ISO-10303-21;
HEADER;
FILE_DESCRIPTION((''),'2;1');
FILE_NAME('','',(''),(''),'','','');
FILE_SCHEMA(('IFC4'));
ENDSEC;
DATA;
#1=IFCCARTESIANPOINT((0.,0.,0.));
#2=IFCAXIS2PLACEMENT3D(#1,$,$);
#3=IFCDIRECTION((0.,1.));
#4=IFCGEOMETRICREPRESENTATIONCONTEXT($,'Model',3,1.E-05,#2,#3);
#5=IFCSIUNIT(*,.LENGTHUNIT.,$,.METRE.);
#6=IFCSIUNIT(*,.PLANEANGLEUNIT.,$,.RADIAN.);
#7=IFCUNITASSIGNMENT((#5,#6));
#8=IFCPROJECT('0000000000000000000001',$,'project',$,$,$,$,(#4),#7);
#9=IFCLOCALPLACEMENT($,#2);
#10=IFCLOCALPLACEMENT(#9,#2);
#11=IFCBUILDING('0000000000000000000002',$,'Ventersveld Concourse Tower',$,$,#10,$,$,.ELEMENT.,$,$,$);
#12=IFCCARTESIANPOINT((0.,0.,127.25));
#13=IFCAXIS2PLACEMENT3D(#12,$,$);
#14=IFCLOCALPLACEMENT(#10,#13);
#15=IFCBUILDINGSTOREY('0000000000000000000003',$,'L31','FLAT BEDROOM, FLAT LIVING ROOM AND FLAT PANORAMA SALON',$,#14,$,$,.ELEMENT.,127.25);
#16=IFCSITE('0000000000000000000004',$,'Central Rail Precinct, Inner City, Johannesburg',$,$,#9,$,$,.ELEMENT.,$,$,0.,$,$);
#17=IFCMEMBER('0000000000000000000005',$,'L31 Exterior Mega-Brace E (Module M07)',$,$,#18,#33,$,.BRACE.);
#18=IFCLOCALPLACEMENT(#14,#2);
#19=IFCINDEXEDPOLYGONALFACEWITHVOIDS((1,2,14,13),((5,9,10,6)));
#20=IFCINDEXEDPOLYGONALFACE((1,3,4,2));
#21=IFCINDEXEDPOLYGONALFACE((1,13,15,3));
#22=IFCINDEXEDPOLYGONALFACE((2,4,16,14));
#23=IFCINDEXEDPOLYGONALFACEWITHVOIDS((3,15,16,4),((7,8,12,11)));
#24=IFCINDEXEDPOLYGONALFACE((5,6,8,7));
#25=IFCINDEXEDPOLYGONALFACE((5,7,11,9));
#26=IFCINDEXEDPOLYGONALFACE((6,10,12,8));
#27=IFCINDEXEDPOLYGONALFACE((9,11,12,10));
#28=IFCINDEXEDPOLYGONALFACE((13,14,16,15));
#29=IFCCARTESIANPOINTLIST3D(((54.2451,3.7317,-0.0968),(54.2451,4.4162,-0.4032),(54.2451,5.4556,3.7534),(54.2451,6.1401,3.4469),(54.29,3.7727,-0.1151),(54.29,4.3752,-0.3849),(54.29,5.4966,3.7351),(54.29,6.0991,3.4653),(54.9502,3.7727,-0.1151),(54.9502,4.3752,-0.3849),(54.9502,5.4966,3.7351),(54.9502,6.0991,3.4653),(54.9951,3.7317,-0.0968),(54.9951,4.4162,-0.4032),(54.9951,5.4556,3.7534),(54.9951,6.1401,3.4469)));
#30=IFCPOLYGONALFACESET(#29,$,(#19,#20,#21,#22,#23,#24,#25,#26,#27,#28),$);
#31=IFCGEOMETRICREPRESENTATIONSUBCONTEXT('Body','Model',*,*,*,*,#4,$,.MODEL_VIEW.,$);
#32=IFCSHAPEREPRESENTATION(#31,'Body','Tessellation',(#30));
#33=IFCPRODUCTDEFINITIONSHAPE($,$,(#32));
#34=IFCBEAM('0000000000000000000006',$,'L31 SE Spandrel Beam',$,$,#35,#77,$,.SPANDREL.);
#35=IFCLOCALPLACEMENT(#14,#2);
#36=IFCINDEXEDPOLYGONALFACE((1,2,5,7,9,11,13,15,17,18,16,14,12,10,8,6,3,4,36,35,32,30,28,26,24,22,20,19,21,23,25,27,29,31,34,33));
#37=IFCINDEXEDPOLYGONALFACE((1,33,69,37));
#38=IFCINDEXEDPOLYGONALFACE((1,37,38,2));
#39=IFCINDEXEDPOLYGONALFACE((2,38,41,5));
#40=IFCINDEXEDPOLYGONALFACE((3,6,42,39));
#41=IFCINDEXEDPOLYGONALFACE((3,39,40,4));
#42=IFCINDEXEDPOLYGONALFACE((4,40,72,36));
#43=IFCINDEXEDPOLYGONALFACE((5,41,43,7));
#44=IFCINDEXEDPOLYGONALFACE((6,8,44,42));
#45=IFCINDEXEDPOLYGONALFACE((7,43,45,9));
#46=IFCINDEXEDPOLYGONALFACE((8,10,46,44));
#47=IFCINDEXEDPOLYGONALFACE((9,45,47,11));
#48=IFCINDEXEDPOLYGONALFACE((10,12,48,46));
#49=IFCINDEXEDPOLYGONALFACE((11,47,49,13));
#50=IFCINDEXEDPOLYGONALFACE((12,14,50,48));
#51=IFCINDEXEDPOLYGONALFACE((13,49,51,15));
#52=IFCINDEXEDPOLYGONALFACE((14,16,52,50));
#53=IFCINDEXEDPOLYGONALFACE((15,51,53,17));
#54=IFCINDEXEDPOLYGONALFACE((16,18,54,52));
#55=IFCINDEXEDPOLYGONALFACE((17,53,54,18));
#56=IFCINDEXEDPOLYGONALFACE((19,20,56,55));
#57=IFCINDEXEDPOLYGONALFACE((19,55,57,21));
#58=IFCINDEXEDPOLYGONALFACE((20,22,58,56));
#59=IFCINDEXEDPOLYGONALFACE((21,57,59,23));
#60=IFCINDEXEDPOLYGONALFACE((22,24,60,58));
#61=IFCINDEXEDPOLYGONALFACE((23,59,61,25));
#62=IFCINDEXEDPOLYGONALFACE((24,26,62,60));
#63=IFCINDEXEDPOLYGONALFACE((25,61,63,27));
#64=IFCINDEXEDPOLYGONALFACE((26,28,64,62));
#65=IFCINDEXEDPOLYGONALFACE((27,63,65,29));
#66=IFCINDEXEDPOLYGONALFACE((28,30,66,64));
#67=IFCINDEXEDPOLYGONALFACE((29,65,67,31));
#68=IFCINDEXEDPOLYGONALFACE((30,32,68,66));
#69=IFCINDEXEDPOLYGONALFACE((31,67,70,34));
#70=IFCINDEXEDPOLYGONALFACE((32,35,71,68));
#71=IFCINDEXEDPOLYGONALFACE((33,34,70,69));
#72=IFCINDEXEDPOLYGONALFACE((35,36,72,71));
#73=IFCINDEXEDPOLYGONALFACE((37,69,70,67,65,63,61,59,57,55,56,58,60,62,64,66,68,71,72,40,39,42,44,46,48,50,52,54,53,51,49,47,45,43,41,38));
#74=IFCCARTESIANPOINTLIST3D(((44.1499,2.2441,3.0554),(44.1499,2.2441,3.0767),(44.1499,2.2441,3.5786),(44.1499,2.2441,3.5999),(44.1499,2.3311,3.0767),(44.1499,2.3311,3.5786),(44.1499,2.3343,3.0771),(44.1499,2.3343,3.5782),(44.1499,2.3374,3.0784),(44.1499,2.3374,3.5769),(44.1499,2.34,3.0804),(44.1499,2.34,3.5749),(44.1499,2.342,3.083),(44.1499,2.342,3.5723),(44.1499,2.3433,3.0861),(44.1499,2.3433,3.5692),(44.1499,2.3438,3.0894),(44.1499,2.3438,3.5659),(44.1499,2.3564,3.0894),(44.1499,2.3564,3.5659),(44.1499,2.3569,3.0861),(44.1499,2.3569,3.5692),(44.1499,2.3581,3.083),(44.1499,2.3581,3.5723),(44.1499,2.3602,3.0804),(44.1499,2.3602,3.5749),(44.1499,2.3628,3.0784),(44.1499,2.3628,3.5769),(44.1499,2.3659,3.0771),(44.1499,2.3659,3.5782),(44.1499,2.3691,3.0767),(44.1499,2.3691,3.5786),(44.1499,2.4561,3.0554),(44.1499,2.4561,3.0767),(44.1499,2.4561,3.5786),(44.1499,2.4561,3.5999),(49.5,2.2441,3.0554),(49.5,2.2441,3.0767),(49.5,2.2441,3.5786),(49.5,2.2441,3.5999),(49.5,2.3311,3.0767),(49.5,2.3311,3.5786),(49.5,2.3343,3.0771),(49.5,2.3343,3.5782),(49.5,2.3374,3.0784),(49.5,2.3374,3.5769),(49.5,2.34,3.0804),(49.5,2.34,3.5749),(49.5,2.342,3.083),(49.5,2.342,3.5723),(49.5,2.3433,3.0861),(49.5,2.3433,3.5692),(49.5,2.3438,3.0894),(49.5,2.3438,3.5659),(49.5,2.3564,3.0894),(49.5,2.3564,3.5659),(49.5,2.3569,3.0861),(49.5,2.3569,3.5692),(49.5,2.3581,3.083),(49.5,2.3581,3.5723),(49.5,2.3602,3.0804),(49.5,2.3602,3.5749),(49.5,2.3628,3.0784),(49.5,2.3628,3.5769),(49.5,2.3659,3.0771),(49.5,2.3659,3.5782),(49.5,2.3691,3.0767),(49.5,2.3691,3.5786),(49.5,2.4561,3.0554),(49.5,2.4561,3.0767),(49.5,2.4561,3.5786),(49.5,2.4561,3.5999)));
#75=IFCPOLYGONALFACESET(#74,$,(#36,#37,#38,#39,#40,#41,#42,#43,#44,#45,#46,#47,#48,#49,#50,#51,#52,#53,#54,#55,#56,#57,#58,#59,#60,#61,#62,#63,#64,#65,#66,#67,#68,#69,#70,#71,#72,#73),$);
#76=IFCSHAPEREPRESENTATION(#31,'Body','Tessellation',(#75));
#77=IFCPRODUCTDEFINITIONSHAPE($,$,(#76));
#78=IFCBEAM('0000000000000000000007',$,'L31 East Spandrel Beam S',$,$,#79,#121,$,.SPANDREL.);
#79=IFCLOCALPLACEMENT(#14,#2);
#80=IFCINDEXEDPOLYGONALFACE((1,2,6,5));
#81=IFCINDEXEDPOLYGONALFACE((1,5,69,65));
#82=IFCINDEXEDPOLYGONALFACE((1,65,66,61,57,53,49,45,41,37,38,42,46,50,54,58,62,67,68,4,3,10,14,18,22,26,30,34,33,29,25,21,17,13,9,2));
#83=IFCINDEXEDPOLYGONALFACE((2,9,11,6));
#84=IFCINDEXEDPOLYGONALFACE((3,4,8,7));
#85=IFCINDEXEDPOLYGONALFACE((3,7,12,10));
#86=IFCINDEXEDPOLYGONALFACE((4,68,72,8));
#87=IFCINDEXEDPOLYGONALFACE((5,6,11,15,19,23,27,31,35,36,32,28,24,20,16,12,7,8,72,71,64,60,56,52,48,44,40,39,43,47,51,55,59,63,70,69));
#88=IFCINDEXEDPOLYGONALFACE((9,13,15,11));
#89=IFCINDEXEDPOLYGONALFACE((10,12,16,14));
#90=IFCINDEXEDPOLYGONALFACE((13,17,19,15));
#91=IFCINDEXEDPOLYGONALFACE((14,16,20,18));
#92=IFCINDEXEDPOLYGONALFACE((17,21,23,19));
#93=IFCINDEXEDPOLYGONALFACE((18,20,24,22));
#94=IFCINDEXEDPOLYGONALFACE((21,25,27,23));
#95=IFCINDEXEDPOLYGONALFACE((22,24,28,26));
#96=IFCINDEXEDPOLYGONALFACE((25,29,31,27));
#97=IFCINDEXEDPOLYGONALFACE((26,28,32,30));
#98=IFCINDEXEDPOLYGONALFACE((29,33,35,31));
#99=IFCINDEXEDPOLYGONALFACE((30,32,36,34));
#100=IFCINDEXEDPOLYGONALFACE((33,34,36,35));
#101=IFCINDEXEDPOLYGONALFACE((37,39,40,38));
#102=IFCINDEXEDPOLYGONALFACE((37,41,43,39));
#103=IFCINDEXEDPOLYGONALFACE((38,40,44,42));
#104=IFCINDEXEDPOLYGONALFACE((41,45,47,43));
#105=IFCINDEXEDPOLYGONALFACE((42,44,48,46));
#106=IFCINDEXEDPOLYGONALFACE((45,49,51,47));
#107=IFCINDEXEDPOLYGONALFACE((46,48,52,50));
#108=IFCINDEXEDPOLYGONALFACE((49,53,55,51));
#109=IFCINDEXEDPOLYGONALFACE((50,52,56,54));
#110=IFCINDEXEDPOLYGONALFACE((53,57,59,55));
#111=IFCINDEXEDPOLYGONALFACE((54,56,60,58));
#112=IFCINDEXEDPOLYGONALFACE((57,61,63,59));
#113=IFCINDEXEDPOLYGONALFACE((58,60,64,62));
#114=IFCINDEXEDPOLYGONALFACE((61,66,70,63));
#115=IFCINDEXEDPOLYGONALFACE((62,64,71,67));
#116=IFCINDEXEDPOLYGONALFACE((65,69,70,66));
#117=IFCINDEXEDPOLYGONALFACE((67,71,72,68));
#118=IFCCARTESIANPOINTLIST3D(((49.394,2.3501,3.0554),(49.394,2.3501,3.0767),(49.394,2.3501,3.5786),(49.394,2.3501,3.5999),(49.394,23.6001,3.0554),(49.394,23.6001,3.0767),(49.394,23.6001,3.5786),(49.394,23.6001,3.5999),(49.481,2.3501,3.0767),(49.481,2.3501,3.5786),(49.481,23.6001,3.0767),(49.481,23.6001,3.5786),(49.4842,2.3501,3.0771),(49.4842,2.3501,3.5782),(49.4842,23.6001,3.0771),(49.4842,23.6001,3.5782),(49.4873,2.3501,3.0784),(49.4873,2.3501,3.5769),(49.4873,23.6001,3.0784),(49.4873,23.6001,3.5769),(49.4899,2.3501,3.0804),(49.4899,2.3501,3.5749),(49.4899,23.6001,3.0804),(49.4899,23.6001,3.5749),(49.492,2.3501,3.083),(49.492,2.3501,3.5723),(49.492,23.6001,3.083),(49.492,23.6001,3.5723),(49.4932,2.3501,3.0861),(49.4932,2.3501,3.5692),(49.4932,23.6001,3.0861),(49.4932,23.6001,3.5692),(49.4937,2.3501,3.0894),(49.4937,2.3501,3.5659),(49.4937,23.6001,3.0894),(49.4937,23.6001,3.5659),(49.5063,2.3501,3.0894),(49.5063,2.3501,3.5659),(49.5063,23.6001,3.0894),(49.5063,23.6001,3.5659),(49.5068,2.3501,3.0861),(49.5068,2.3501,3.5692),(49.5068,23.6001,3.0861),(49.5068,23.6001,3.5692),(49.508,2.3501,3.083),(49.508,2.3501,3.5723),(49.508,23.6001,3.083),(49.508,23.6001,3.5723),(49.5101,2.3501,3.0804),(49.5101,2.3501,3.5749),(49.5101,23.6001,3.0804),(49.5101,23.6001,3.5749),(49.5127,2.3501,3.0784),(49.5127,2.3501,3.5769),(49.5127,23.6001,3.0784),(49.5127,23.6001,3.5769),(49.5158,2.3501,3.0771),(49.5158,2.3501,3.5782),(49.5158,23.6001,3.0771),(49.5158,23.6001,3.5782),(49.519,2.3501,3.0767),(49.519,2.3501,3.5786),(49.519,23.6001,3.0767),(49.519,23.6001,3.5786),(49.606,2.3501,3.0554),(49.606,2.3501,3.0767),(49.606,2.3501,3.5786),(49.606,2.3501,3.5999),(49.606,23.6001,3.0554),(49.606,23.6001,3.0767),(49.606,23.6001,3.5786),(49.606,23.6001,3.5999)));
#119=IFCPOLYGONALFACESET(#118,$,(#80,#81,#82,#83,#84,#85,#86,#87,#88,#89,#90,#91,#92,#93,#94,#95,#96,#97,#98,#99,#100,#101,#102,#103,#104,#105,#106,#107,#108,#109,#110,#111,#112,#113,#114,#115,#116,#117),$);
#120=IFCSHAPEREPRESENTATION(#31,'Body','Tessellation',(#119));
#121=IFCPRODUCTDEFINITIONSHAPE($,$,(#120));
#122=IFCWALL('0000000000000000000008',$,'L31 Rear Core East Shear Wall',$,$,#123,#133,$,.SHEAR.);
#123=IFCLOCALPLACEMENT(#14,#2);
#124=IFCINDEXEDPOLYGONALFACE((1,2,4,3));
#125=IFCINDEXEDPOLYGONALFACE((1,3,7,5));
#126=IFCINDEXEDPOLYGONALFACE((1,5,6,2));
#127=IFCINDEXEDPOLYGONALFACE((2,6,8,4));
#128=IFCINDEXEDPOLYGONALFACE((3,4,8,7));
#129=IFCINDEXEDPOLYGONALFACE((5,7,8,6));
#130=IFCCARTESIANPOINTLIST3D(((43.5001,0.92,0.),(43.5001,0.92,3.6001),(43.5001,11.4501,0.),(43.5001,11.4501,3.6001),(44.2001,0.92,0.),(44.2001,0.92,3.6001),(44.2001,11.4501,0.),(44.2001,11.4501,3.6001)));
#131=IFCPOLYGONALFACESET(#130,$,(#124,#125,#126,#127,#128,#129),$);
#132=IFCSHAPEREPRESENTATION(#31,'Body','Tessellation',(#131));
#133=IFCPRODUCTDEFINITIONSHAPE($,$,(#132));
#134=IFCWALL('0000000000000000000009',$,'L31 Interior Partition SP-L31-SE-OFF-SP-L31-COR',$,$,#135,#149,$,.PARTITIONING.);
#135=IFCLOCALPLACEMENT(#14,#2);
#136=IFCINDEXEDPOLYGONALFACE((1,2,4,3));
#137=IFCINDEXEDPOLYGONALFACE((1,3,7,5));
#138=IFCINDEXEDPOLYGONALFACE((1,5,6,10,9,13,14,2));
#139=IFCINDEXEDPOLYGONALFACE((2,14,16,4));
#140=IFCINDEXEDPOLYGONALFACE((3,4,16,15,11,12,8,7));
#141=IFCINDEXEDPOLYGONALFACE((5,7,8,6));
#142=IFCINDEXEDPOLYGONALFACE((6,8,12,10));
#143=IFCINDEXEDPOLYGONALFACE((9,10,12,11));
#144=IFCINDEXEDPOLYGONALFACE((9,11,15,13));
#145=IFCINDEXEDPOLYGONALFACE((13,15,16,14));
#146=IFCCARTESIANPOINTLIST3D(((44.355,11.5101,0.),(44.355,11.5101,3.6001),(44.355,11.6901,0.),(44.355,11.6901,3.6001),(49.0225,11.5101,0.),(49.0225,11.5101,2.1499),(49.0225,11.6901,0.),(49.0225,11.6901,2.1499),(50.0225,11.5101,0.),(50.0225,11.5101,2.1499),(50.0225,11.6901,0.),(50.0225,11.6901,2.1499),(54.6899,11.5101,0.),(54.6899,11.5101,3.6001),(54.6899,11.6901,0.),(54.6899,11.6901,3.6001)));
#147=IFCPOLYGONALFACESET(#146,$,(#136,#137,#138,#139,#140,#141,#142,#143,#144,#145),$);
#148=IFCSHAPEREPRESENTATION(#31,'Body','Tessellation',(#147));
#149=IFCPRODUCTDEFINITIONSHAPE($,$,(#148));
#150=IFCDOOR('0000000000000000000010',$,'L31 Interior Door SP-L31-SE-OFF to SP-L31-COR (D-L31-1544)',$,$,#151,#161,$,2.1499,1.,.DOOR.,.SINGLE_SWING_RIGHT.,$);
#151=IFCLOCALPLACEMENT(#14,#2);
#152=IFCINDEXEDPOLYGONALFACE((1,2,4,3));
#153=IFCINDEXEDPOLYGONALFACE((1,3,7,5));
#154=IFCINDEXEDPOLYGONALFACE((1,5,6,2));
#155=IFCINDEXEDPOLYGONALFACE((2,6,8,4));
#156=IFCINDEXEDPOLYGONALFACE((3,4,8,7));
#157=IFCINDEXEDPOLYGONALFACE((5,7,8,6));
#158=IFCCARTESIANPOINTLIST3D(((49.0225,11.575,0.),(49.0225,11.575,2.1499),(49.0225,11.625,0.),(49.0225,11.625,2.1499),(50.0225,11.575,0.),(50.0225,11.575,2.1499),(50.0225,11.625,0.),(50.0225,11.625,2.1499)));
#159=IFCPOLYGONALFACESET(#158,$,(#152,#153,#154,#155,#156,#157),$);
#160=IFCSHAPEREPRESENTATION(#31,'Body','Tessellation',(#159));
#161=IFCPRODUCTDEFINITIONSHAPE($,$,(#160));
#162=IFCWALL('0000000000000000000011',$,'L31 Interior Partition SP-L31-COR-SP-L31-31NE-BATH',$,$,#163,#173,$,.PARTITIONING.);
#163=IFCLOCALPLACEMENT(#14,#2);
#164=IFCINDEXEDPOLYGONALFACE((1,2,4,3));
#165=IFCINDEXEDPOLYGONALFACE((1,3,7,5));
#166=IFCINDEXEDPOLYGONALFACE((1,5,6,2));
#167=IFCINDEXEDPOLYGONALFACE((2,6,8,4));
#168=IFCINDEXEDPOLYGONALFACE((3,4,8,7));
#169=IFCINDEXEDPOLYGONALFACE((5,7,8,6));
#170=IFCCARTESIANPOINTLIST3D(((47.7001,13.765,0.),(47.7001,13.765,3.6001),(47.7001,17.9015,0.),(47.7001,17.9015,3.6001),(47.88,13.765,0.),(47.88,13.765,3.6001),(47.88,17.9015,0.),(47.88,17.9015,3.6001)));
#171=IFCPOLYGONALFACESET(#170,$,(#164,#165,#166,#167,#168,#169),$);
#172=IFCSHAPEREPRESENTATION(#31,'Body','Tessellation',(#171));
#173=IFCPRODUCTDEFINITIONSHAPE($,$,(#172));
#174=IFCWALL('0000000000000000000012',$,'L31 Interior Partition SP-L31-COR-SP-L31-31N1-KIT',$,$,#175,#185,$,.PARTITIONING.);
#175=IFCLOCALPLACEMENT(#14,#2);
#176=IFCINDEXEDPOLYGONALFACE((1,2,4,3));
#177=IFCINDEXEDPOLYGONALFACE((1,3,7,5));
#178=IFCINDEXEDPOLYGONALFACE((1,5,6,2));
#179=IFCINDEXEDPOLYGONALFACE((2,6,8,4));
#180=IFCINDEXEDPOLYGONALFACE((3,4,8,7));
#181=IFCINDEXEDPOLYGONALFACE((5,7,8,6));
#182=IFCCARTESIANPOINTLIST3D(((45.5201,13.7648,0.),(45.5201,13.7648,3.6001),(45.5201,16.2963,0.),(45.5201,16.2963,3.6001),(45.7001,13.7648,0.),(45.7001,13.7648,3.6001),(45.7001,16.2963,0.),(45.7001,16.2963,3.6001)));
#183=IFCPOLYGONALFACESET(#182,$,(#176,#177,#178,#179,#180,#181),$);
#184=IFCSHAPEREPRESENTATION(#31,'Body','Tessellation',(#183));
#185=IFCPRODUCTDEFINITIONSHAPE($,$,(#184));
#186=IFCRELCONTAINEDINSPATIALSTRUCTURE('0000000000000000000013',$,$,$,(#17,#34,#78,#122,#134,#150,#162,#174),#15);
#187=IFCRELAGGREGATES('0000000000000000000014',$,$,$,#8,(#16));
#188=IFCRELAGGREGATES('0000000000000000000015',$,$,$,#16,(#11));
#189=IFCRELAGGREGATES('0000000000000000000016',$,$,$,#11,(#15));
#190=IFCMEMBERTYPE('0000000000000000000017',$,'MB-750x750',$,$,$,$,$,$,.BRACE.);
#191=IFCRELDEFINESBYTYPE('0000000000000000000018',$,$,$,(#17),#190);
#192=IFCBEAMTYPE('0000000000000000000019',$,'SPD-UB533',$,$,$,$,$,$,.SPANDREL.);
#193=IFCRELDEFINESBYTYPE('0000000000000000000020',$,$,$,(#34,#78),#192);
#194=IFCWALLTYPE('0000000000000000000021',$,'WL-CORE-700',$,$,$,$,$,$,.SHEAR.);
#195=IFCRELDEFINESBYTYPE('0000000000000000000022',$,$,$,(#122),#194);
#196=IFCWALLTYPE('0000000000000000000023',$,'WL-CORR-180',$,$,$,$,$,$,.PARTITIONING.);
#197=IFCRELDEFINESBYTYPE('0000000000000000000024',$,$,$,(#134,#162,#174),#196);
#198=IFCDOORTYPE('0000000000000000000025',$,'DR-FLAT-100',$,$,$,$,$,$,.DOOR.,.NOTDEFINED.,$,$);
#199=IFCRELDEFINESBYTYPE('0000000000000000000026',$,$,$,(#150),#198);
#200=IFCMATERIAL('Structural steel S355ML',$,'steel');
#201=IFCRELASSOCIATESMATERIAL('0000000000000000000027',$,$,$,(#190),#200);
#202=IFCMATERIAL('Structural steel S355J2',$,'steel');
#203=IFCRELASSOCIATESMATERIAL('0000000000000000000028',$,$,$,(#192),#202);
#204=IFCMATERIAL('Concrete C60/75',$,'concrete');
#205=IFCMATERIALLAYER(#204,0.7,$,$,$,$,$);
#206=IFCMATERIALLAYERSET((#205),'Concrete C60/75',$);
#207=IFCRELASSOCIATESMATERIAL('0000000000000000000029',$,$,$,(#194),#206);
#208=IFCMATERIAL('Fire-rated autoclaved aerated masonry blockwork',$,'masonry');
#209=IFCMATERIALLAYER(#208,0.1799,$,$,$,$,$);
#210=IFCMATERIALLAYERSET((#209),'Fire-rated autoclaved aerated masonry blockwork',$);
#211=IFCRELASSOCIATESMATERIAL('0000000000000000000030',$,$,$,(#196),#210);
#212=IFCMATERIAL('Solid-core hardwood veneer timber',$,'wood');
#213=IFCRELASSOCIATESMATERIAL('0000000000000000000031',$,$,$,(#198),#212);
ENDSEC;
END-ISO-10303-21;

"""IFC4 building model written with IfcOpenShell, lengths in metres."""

from ifc_helpers import new_model, si_unit, direction, frame, frame_2d, origin, origin_2d, place, context, subcontext, project, spatial, rectangle, hollow_rectangle, i_section, extrude, material, layer, layer_set, material_profile, profile_set, type_object, element, fill, save


model = new_model("IFC4")

# Units and contexts
model_context = context("Model", 3, precision=1e-05, world=origin(), true_north=direction((0.0, 1.0)))
body_context = subcontext(model_context, "Body", "Model", "MODEL_VIEW")
ifc_project = project(units=[si_unit("LENGTHUNIT", "METRE"), si_unit("PLANEANGLEUNIT", "RADIAN")], contexts=[model_context])

# Site, building, storey
site_placement = place(None, origin())
site = spatial("IfcSite", under=ifc_project, at=site_placement, Name="Central Rail Precinct, Inner City, Johannesburg", CompositionType="ELEMENT", RefElevation=0.0)
building_placement = place(site_placement, origin())
building = spatial("IfcBuilding", under=site, at=building_placement, Name="Ventersveld Concourse Tower", CompositionType="ELEMENT")
storey_placement = place(building_placement, frame((0.0, 0.0, 127.25)))
storey = spatial("IfcBuildingStorey", under=building, at=storey_placement, Name="L31", Description="FLAT BEDROOM, FLAT LIVING ROOM AND FLAT PANORAMA SALON", CompositionType="ELEMENT", Elevation=127.25)

# Shared definitions
ifc_material_1 = material(Name="Structural steel S355J2", Category="steel")

# Member
ifc_material_2 = material(Name="Structural steel S355ML", Category="steel")
ifc_material_profile_1 = material_profile(ifc_material_2, hollow_rectangle(XDim=0.75, YDim=0.75, WallThickness=0.0449, at=origin_2d()), Name="BOX 750x750x45")
ifc_profile_set_1 = profile_set([ifc_material_profile_1], Name="Structural steel S355ML")
member_type = type_object("IfcMemberType", Name="MB-750x750", PredefinedType="BRACE", material=ifc_profile_set_1)
member_placement = place(storey_placement, frame((54.6201, 4.074, -0.25), z_axis=(0.0, 0.408655, 0.912689), x_axis=(-1.0, 0.0, 0.0)))
element("IfcMember", 1, at=member_placement, inside=storey, type_object=member_type, Name="L31 Exterior Mega-Brace E (Module M07)", PredefinedType="BRACE", context=body_context, shape_type="SweptSolid", body=[
    extrude(hollow_rectangle(XDim=0.75, YDim=0.75, WallThickness=0.0449, at=origin_2d()), origin(), (0.0, 0.0, 1.0), 4.2185),
])

# Beams
ifc_material_profile_2 = material_profile(ifc_material_1, i_section(OverallWidth=0.2119, OverallDepth=0.5444, WebThickness=0.0127, FlangeThickness=0.0212, FilletRadius=0.0127, at=origin_2d()), Name="UB 533x210x122")
ifc_profile_set_2 = profile_set([ifc_material_profile_2], Name="Structural steel S355J2")
beam_type_1 = type_object("IfcBeamType", Name="SPD-UB533", PredefinedType="SPANDREL", material=ifc_profile_set_2)
beam_1_placement = place(storey_placement, frame((44.1499, 2.3501, 3.3276), z_axis=(1.0, 0.0, 0.0), x_axis=(0.0, 1.0, 0.0)))
element("IfcBeam", 2, at=beam_1_placement, inside=storey, type_object=beam_type_1, Name="L31 SE Spandrel Beam", PredefinedType="SPANDREL", context=body_context, shape_type="SweptSolid", body=[
    extrude(i_section(OverallWidth=0.2119, OverallDepth=0.5444, WebThickness=0.0127, FlangeThickness=0.0212, FilletRadius=0.0127, at=origin_2d()), origin(), (0.0, 0.0, 1.0), 5.3501),
])
beam_2_placement = place(storey_placement, frame((49.5, 2.3501, 3.3276), z_axis=(0.0, 1.0, 0.0), x_axis=(-1.0, 0.0, 0.0)))
element("IfcBeam", 3, at=beam_2_placement, inside=storey, type_object=beam_type_1, Name="L31 East Spandrel Beam S", PredefinedType="SPANDREL", context=body_context, shape_type="SweptSolid", body=[
    extrude(i_section(OverallWidth=0.2119, OverallDepth=0.5444, WebThickness=0.0127, FlangeThickness=0.0212, FilletRadius=0.0127, at=origin_2d()), origin(), (0.0, 0.0, 1.0), 21.25),
])

# Wall
ifc_material_3 = material(Name="Concrete C60/75", Category="concrete")
ifc_layer_1 = layer(ifc_material_3, 0.7)
ifc_layer_set_1 = layer_set([ifc_layer_1], Name="Concrete C60/75")
wall_type_1 = type_object("IfcWallType", Name="WL-CORE-700", PredefinedType="SHEAR", material=ifc_layer_set_1)
wall_1_placement = place(storey_placement, frame((43.8501, 0.9199, 0.0), z_axis=(0.0, 0.0, 1.0), x_axis=(0.0, 1.0, 0.0)))
element("IfcWall", 4, at=wall_1_placement, inside=storey, type_object=wall_type_1, Name="L31 Rear Core East Shear Wall", PredefinedType="SHEAR", context=body_context, shape_type="SweptSolid", body=[
    extrude(rectangle(XDim=10.53, YDim=0.7, at=frame_2d((5.2651, 0.0))), origin(), (0.0, 0.0, 1.0), 3.6001),
])

# Wall, opening, door
ifc_material_4 = material(Name="Fire-rated autoclaved aerated masonry blockwork", Category="masonry")
ifc_layer_2 = layer(ifc_material_4, 0.1799)
ifc_layer_set_2 = layer_set([ifc_layer_2], Name="Fire-rated autoclaved aerated masonry blockwork")
wall_type_2 = type_object("IfcWallType", Name="WL-CORR-180", PredefinedType="PARTITIONING", material=ifc_layer_set_2)
wall_2_placement = place(storey_placement, frame((44.355, 11.6001, 0.0), z_axis=(0.0, 0.0, 1.0), x_axis=(1.0, 0.0, 0.0)))
wall_2 = element("IfcWall", 5, at=wall_2_placement, inside=storey, type_object=wall_type_2, Name="L31 Interior Partition SP-L31-SE-OFF-SP-L31-COR", PredefinedType="PARTITIONING", context=body_context, shape_type="SweptSolid", body=[
    extrude(rectangle(XDim=10.335, YDim=0.1799, at=frame_2d((5.1675, 0.0))), origin(), (0.0, 0.0, 1.0), 3.6001),
])
opening_1_placement = place(wall_2_placement, frame((4.6675, 0.0, 0.0)))
opening_1 = element("IfcOpeningElement", 6, at=opening_1_placement, cuts=wall_2, PredefinedType="OPENING", context=body_context, shape_type="SweptSolid", body=[
    extrude(rectangle(XDim=1.0, YDim=2.1499, at=frame_2d((0.5, 1.075))), frame((0.0, 0.1001, 0.0), z_axis=(0.0, -1.0, 0.0), x_axis=(1.0, 0.0, 0.0)), (0.0, 0.0, 1.0), 0.2),
])
ifc_material_5 = material(Name="Solid-core hardwood veneer timber", Category="wood")
door_type = type_object("IfcDoorType", Name="DR-FLAT-100", OperationType="NOTDEFINED", PredefinedType="DOOR", material=ifc_material_5)
door_placement = place(opening_1_placement, origin())
door = element("IfcDoor", 7, at=door_placement, inside=storey, type_object=door_type, Name="L31 Interior Door SP-L31-SE-OFF to SP-L31-COR (D-L31-1544)", OperationType="SINGLE_SWING_RIGHT", OverallHeight=2.1499, OverallWidth=1.0, PredefinedType="DOOR", context=body_context, shape_type="SweptSolid", body=[
    extrude(rectangle(XDim=1.0, YDim=2.1499, at=frame_2d((0.5, 1.075))), frame((0.0, 0.0249, 0.0), z_axis=(0.0, -1.0, 0.0), x_axis=(1.0, 0.0, 0.0)), (0.0, 0.0, 1.0), 0.05),
])
fill(opening_1, door)

# Walls
wall_3_placement = place(storey_placement, frame((47.79, 13.7649, 0.0), z_axis=(0.0, 0.0, 1.0), x_axis=(0.0, 1.0, 0.0)))
element("IfcWall", 8, at=wall_3_placement, inside=storey, type_object=wall_type_2, Name="L31 Interior Partition SP-L31-COR-SP-L31-31NE-BATH", PredefinedType="PARTITIONING", context=body_context, shape_type="SweptSolid", body=[
    extrude(rectangle(XDim=4.1365, YDim=0.1799, at=frame_2d((2.0684, 0.0))), origin(), (0.0, 0.0, 1.0), 3.6001),
])
wall_4_placement = place(storey_placement, frame((45.6101, 13.7649, 0.0), z_axis=(0.0, 0.0, 1.0), x_axis=(0.0, 1.0, 0.0)))
element("IfcWall", 9, at=wall_4_placement, inside=storey, type_object=wall_type_2, Name="L31 Interior Partition SP-L31-COR-SP-L31-31N1-KIT", PredefinedType="PARTITIONING", context=body_context, shape_type="SweptSolid", body=[
    extrude(rectangle(XDim=2.5315, YDim=0.1799, at=frame_2d((1.2656, 0.0))), origin(), (0.0, 0.0, 1.0), 3.6001),
])

save(model, "model.ifc")
